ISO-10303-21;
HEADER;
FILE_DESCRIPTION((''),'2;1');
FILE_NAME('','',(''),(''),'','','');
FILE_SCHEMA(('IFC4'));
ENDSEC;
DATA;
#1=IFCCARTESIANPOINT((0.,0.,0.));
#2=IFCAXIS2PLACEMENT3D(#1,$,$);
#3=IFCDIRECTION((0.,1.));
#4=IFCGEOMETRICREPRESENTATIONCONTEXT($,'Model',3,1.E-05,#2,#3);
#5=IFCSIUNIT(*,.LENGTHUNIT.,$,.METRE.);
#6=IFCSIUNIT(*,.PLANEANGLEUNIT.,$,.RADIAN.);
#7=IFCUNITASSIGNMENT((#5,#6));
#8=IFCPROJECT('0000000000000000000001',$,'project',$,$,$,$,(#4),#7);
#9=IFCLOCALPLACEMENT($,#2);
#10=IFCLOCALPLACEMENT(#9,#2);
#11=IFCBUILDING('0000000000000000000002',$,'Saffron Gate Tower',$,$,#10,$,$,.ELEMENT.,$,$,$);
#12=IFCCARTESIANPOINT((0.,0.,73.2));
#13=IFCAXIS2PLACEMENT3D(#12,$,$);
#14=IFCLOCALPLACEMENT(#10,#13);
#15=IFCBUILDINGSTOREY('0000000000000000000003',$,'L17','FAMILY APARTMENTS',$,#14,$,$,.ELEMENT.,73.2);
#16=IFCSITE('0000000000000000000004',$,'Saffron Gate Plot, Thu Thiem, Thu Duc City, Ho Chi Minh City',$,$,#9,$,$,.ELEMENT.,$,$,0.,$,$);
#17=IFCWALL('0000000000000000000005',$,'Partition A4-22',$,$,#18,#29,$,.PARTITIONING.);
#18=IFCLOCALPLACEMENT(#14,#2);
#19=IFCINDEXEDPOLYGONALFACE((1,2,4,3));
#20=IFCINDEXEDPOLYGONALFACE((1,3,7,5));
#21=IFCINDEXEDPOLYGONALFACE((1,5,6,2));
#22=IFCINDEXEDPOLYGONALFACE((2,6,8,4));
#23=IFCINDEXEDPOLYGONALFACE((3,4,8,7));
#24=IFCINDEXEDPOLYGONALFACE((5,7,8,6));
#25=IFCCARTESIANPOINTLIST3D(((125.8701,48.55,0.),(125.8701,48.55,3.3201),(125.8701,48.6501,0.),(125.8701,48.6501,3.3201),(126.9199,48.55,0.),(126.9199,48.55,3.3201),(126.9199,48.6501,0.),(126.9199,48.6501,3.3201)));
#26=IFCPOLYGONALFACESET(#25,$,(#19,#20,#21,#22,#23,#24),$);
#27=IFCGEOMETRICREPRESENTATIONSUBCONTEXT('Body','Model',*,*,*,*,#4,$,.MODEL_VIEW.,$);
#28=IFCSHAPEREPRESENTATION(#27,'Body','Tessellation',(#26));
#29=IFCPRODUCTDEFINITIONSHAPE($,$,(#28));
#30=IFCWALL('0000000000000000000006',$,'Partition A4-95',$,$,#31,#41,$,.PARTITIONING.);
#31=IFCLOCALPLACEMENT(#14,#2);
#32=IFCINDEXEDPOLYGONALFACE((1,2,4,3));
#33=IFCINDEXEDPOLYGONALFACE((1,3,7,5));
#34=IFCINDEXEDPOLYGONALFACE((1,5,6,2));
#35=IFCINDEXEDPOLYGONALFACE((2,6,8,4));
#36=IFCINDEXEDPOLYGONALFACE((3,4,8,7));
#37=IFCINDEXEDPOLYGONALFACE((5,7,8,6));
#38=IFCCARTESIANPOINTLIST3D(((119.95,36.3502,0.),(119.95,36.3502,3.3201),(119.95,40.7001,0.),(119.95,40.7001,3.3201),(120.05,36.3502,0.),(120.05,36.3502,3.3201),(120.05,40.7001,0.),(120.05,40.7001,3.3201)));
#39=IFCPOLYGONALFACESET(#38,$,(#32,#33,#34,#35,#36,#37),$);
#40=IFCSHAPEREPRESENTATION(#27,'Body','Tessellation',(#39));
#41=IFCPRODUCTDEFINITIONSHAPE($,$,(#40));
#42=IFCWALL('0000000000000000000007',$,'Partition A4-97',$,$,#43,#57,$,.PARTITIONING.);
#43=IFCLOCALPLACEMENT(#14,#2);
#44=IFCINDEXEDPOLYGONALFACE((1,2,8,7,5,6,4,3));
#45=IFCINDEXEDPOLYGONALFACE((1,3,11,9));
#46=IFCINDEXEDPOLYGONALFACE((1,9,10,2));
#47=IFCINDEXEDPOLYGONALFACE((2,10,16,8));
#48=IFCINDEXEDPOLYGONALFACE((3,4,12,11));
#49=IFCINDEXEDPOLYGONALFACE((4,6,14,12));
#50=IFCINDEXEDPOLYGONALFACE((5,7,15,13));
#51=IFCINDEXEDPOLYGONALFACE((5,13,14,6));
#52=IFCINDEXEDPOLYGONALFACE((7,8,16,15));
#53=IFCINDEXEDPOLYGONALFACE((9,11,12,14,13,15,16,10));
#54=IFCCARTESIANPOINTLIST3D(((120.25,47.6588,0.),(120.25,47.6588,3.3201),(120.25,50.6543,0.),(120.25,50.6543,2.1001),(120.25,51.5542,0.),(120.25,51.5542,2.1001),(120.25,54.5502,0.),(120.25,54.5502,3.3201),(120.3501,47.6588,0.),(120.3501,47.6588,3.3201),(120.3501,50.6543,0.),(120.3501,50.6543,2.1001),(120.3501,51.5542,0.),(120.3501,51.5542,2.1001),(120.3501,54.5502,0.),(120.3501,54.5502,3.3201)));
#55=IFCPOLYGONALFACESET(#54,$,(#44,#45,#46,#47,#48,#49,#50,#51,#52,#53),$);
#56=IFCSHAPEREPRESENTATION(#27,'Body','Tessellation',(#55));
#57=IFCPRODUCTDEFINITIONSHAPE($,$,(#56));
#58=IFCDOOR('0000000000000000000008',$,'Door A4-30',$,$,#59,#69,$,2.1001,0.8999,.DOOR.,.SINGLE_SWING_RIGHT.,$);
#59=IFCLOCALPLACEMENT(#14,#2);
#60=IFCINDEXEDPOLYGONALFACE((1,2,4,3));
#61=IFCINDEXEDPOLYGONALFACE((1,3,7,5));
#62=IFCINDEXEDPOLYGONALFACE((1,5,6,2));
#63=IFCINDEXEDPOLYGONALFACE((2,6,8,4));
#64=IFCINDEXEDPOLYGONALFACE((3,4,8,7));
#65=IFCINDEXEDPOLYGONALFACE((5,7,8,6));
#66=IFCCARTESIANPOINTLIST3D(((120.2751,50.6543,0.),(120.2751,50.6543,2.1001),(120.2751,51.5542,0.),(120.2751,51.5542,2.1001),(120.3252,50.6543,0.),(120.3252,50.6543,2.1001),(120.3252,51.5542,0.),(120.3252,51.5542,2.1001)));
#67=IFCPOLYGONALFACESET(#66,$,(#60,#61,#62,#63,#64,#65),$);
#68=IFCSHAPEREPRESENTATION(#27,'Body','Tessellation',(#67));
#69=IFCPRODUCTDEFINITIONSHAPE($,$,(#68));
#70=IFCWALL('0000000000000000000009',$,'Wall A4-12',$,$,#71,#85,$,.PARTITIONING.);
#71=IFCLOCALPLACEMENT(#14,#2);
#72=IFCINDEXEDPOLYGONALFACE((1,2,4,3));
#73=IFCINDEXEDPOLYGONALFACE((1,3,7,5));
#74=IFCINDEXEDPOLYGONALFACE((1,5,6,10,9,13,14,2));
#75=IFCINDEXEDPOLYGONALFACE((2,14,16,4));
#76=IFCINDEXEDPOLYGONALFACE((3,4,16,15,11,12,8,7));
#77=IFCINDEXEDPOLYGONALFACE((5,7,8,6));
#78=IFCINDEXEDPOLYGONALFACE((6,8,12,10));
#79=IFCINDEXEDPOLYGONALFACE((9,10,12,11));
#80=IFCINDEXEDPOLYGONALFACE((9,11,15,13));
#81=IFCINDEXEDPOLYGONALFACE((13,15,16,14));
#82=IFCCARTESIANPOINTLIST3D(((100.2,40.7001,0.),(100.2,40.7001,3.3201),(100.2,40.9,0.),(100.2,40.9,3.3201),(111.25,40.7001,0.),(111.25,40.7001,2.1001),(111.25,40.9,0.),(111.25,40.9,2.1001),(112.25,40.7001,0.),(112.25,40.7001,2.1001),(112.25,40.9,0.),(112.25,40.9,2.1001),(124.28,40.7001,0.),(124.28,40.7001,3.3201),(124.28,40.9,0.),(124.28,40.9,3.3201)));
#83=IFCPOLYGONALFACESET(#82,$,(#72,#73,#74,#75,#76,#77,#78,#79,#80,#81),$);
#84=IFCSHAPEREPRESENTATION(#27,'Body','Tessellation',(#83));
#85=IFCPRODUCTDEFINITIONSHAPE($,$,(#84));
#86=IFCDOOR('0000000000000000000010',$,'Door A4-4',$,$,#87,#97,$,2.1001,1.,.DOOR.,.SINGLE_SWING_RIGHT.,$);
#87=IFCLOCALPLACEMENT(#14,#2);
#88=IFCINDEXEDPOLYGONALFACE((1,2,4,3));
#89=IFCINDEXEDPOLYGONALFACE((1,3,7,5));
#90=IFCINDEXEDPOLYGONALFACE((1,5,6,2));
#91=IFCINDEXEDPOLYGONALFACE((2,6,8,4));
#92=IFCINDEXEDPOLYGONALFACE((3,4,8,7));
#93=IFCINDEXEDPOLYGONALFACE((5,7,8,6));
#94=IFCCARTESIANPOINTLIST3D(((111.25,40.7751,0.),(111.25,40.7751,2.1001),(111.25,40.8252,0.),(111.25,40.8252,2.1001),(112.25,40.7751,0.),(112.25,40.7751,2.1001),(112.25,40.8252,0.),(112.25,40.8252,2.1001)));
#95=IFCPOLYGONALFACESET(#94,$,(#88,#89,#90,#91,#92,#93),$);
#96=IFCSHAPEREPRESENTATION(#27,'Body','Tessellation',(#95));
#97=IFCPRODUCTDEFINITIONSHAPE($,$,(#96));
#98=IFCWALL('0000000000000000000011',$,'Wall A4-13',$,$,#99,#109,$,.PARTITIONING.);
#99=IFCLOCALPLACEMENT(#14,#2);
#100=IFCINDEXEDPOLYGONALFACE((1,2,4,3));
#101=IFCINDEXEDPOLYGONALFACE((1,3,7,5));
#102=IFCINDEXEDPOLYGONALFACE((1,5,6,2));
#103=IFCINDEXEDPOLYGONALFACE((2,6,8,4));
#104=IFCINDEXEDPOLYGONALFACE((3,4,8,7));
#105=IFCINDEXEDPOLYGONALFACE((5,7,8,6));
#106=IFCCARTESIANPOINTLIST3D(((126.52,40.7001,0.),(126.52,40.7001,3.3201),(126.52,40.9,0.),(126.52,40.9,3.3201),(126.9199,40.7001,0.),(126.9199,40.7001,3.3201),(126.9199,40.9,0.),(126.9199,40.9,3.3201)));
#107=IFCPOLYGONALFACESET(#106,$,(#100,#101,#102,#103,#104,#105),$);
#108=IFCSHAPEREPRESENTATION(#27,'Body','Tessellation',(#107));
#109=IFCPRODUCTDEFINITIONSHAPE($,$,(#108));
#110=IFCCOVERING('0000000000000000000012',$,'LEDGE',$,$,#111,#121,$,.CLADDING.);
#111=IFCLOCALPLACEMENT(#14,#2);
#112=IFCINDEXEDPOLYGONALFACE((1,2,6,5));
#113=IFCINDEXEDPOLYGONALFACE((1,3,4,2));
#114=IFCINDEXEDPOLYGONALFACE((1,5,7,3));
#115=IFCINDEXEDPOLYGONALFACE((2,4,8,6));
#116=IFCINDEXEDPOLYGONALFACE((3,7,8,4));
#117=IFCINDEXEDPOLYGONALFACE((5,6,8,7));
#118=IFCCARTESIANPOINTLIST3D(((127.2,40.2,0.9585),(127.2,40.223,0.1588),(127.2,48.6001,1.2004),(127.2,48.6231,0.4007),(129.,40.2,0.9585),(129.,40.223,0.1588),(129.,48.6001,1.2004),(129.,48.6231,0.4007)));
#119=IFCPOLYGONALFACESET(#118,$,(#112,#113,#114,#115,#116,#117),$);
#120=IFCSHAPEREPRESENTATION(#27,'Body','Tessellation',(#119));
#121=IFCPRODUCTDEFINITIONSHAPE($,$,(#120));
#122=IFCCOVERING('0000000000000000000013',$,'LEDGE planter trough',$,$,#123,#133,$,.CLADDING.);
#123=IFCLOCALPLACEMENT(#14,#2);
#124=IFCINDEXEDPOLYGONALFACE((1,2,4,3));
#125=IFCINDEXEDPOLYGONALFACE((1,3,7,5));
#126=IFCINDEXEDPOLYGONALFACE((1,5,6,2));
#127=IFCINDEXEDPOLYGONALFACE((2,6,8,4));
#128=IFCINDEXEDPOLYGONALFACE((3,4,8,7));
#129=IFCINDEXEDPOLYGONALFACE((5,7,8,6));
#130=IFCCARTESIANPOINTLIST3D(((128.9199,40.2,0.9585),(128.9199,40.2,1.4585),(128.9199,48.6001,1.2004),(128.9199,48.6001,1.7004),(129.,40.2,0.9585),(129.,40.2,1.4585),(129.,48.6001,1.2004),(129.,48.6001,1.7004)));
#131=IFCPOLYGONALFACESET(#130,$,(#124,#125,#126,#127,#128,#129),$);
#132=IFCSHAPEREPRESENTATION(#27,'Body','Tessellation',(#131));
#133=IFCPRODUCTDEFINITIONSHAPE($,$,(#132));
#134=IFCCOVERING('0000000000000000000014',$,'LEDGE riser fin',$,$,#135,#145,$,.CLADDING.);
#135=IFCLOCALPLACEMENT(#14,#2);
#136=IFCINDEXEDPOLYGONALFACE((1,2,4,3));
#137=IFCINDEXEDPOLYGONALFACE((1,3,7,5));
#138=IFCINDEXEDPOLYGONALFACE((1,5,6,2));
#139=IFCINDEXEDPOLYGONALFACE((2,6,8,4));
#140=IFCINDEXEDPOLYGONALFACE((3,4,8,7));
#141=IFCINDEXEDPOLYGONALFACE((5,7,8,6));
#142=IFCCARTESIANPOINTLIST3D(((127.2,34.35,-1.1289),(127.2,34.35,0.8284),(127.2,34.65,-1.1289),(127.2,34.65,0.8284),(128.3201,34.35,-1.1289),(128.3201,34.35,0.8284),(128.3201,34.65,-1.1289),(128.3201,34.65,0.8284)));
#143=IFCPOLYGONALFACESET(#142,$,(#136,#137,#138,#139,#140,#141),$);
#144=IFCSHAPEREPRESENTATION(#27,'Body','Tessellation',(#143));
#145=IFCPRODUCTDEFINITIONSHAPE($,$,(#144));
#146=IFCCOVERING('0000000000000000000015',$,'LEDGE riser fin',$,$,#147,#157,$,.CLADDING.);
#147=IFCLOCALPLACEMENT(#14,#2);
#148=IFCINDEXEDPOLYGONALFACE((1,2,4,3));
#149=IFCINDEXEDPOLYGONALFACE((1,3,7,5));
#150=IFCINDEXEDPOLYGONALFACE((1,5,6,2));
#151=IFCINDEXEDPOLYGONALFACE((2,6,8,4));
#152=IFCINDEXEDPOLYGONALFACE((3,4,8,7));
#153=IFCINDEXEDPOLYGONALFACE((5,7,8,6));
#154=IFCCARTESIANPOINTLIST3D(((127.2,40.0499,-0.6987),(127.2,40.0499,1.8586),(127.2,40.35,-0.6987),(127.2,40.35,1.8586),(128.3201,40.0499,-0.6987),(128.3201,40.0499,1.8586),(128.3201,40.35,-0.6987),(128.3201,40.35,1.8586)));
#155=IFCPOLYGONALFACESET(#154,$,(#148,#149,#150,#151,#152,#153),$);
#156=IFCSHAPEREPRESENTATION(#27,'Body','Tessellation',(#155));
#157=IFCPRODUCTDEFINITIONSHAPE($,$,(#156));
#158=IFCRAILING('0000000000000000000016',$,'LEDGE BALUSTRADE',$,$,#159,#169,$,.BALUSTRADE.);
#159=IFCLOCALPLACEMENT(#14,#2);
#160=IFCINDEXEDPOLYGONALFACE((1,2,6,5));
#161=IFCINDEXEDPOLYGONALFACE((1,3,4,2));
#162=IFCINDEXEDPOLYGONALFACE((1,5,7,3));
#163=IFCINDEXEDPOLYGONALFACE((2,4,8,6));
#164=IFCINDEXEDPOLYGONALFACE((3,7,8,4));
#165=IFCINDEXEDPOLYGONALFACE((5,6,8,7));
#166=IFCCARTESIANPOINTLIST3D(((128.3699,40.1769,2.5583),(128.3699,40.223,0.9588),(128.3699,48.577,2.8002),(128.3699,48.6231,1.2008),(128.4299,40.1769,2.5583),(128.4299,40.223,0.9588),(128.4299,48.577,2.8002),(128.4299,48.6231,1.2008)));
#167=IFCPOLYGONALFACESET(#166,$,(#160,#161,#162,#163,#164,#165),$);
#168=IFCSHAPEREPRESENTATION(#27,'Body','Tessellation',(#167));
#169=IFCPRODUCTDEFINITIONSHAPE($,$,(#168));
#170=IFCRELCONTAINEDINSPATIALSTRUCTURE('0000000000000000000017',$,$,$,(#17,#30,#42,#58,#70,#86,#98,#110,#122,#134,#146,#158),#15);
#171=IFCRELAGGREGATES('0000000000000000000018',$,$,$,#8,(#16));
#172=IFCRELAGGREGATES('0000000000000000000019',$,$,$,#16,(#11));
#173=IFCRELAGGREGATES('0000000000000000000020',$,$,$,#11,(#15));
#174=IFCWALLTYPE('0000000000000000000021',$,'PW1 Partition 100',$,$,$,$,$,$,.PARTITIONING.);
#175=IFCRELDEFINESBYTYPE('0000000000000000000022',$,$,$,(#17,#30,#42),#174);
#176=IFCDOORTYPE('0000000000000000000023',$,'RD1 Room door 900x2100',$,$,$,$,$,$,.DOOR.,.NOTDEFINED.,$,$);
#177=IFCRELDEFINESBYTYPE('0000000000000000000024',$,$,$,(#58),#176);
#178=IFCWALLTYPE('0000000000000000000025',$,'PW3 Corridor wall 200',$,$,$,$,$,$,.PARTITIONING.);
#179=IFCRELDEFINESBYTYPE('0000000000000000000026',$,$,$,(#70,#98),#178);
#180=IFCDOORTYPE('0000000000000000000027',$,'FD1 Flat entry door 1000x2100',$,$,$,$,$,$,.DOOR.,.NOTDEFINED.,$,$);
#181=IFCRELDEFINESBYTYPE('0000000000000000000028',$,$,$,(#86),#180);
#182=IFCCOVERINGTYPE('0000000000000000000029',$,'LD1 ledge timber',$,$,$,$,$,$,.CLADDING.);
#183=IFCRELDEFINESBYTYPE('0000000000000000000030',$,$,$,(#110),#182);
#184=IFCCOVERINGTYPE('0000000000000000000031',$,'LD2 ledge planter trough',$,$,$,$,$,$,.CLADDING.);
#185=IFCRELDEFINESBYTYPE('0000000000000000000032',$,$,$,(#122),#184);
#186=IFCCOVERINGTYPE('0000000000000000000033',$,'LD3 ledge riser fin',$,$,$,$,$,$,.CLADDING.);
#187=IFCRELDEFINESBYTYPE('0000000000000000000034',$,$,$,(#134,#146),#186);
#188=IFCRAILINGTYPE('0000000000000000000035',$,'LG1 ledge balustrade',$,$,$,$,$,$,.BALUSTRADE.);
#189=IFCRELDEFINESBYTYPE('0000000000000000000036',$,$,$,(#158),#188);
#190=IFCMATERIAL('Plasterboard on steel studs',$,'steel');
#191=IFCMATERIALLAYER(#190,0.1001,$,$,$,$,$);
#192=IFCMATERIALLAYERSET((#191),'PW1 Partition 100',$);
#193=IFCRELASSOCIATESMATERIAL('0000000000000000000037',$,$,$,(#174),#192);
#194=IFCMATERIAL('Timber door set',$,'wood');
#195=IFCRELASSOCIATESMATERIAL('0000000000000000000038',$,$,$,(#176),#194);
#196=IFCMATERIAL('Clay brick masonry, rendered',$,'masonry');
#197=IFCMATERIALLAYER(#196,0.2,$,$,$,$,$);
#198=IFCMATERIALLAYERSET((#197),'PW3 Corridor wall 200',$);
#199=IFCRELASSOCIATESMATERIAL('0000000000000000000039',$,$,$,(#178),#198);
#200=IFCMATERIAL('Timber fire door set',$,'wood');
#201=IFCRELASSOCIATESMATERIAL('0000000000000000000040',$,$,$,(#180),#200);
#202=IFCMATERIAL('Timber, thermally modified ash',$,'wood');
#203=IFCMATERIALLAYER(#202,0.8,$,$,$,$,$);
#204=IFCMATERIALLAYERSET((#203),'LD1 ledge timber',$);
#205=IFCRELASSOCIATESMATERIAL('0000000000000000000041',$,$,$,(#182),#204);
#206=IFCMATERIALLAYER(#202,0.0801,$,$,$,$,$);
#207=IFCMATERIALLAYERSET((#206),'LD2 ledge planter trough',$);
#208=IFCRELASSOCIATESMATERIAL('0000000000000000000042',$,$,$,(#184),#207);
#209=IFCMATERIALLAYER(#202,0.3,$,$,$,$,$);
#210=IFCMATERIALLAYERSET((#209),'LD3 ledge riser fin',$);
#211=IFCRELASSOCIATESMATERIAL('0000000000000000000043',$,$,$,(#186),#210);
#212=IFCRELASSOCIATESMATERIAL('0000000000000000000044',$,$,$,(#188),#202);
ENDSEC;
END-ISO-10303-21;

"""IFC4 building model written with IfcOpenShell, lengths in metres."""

from ifc_helpers import new_model, si_unit, direction, frame, frame_2d, origin, origin_2d, place, context, subcontext, project, spatial, polyline, rectangle, outline, extrude, material, layer, layer_set, type_object, element, fill, save


model = new_model("IFC4")

# Units and contexts
model_context = context("Model", 3, precision=1e-05, world=origin(), true_north=direction((0.0, 1.0)))
body_context = subcontext(model_context, "Body", "Model", "MODEL_VIEW")
ifc_project = project(units=[si_unit("LENGTHUNIT", "METRE"), si_unit("PLANEANGLEUNIT", "RADIAN")], contexts=[model_context])

# Site, building, storey
site_placement = place(None, origin())
site = spatial("IfcSite", under=ifc_project, at=site_placement, Name="Saffron Gate Plot, Thu Thiem, Thu Duc City, Ho Chi Minh City", CompositionType="ELEMENT", RefElevation=0.0)
building_placement = place(site_placement, origin())
building = spatial("IfcBuilding", under=site, at=building_placement, Name="Saffron Gate Tower", CompositionType="ELEMENT")
storey_placement = place(building_placement, frame((0.0, 0.0, 73.2)))
storey = spatial("IfcBuildingStorey", under=building, at=storey_placement, Name="L17", Description="FAMILY APARTMENTS", CompositionType="ELEMENT", Elevation=73.2)

# Shared definitions
ifc_material_1 = material(Name="Plasterboard on steel studs", Category="steel")
ifc_layer_1 = layer(ifc_material_1, 0.1001)
ifc_layer_set_1 = layer_set([ifc_layer_1], Name="PW1 Partition 100")
wall_type_1 = type_object("IfcWallType", Name="PW1 Partition 100", PredefinedType="PARTITIONING", material=ifc_layer_set_1)
ifc_material_2 = material(Name="Timber door set", Category="wood")
door_type_1 = type_object("IfcDoorType", Name="RD1 Room door 900x2100", OperationType="NOTDEFINED", PredefinedType="DOOR", material=ifc_material_2)

# Walls
wall_1_placement = place(storey_placement, frame((125.8701, 48.6001, 0.0), z_axis=(0.0, 0.0, 1.0), x_axis=(1.0, 0.0, 0.0)))
element("IfcWall", 1, at=wall_1_placement, inside=storey, type_object=wall_type_1, Name="Partition A4-22", PredefinedType="PARTITIONING", context=body_context, shape_type="SweptSolid", body=[
    extrude(rectangle(XDim=1.0498, YDim=0.1001, at=frame_2d((0.5249, 0.0))), origin(), (0.0, 0.0, 1.0), 3.3201),
])
wall_2_placement = place(storey_placement, frame((120.0, 40.7, 0.0), z_axis=(0.0, 0.0, 1.0), x_axis=(0.0, -1.0, 0.0)))
element("IfcWall", 2, at=wall_2_placement, inside=storey, type_object=wall_type_1, Name="Partition A4-95", PredefinedType="PARTITIONING", context=body_context, shape_type="SweptSolid", body=[
    extrude(rectangle(XDim=4.3499, YDim=0.1001, at=frame_2d((2.1748, 0.0))), origin(), (0.0, 0.0, 1.0), 3.3201),
])

# Walls, openings, doors
wall_3_placement = place(storey_placement, frame((120.3, 47.6587, 0.0), z_axis=(0.0, 0.0, 1.0), x_axis=(0.0, 1.0, 0.0)))
wall_3 = element("IfcWall", 3, at=wall_3_placement, inside=storey, type_object=wall_type_1, Name="Partition A4-97", PredefinedType="PARTITIONING", context=body_context, shape_type="SweptSolid", body=[
    extrude(rectangle(XDim=6.8914, YDim=0.1001, at=frame_2d((3.4458, 0.0))), origin(), (0.0, 0.0, 1.0), 3.3201),
])
opening_1_placement = place(wall_3_placement, frame((2.9956, 0.0, 0.0)))
opening_1 = element("IfcOpeningElement", 4, at=opening_1_placement, cuts=wall_3, PredefinedType="OPENING", context=body_context, shape_type="SweptSolid", body=[
    extrude(rectangle(XDim=0.8999, YDim=2.1001, at=frame_2d((0.45, 1.05))), frame((0.0, 0.0601, 0.0), z_axis=(0.0, -1.0, 0.0), x_axis=(1.0, 0.0, 0.0)), (0.0, 0.0, 1.0), 0.1201),
])
door_1_placement = place(opening_1_placement, origin())
door_1 = element("IfcDoor", 5, at=door_1_placement, inside=storey, type_object=door_type_1, Name="Door A4-30", OperationType="SINGLE_SWING_RIGHT", OverallHeight=2.1001, OverallWidth=0.8999, PredefinedType="DOOR", context=body_context, shape_type="SweptSolid", body=[
    extrude(rectangle(XDim=0.8999, YDim=2.1001, at=frame_2d((0.45, 1.05))), frame((0.0, 0.0249, 0.0), z_axis=(0.0, -1.0, 0.0), x_axis=(1.0, 0.0, 0.0)), (0.0, 0.0, 1.0), 0.05),
])
fill(opening_1, door_1)
ifc_material_3 = material(Name="Clay brick masonry, rendered", Category="masonry")
ifc_layer_2 = layer(ifc_material_3, 0.2)
ifc_layer_set_2 = layer_set([ifc_layer_2], Name="PW3 Corridor wall 200")
wall_type_2 = type_object("IfcWallType", Name="PW3 Corridor wall 200", PredefinedType="PARTITIONING", material=ifc_layer_set_2)
wall_4_placement = place(storey_placement, frame((124.28, 40.8, 0.0), z_axis=(0.0, 0.0, 1.0), x_axis=(-1.0, 0.0, 0.0)))
wall_4 = element("IfcWall", 6, at=wall_4_placement, inside=storey, type_object=wall_type_2, Name="Wall A4-12", PredefinedType="PARTITIONING", context=body_context, shape_type="SweptSolid", body=[
    extrude(rectangle(XDim=24.0801, YDim=0.2, at=frame_2d((12.04, 0.0))), origin(), (0.0, 0.0, 1.0), 3.3201),
])
opening_2_placement = place(wall_4_placement, frame((12.03, 0.0, 0.0)))
opening_2 = element("IfcOpeningElement", 7, at=opening_2_placement, cuts=wall_4, PredefinedType="OPENING", context=body_context, shape_type="SweptSolid", body=[
    extrude(rectangle(XDim=1.0, YDim=2.1001, at=frame_2d((0.5, 1.05))), frame((0.0, 0.1099, 0.0), z_axis=(0.0, -1.0, 0.0), x_axis=(1.0, 0.0, 0.0)), (0.0, 0.0, 1.0), 0.22),
])
ifc_material_4 = material(Name="Timber fire door set", Category="wood")
door_type_2 = type_object("IfcDoorType", Name="FD1 Flat entry door 1000x2100", OperationType="NOTDEFINED", PredefinedType="DOOR", material=ifc_material_4)
door_2_placement = place(opening_2_placement, origin())
door_2 = element("IfcDoor", 8, at=door_2_placement, inside=storey, type_object=door_type_2, Name="Door A4-4", OperationType="SINGLE_SWING_RIGHT", OverallHeight=2.1001, OverallWidth=1.0, PredefinedType="DOOR", context=body_context, shape_type="SweptSolid", body=[
    extrude(rectangle(XDim=1.0, YDim=2.1001, at=frame_2d((0.5, 1.05))), frame((0.0, 0.0249, 0.0), z_axis=(0.0, -1.0, 0.0), x_axis=(1.0, 0.0, 0.0)), (0.0, 0.0, 1.0), 0.05),
])
fill(opening_2, door_2)

# Wall
wall_5_placement = place(storey_placement, frame((126.52, 40.8, 0.0), z_axis=(0.0, 0.0, 1.0), x_axis=(1.0, 0.0, 0.0)))
element("IfcWall", 9, at=wall_5_placement, inside=storey, type_object=wall_type_2, Name="Wall A4-13", PredefinedType="PARTITIONING", context=body_context, shape_type="SweptSolid", body=[
    extrude(rectangle(XDim=0.3999, YDim=0.2, at=frame_2d((0.2, 0.0))), origin(), (0.0, 0.0, 1.0), 3.3201),
])

# Coverings
ifc_material_5 = material(Name="Timber, thermally modified ash", Category="wood")
ifc_layer_3 = layer(ifc_material_5, 0.8)
ifc_layer_set_3 = layer_set([ifc_layer_3], Name="LD1 ledge timber")
covering_type_1 = type_object("IfcCoveringType", Name="LD1 ledge timber", PredefinedType="CLADDING", material=ifc_layer_set_3)
covering_1_placement = place(storey_placement, frame((127.2, 40.2, 0.9585), z_axis=(0.0, -0.02879, 0.999585), x_axis=(0.0, 0.999585, 0.02879)))
element("IfcCovering", 10, at=covering_1_placement, inside=storey, type_object=covering_type_1, Name="LEDGE", PredefinedType="CLADDING", context=body_context, shape_type="SweptSolid", body=[
    extrude(outline(polyline([(0.0, 0.0), (8.4036, 0.0), (8.4036, -1.8), (0.0, -1.8), (0.0, 0.0)])), origin(), (0.0, 0.0, -1.0), 0.8),
])
ifc_layer_4 = layer(ifc_material_5, 0.0801)
ifc_layer_set_4 = layer_set([ifc_layer_4], Name="LD2 ledge planter trough")
covering_type_2 = type_object("IfcCoveringType", Name="LD2 ledge planter trough", PredefinedType="CLADDING", material=ifc_layer_set_4)
covering_2_placement = place(storey_placement, frame((129.0, 40.2, 0.9585), z_axis=(1.0, 0.0, 0.0), x_axis=(0.0, 0.999585, 0.02879)))
element("IfcCovering", 11, at=covering_2_placement, inside=storey, type_object=covering_type_2, Name="LEDGE planter trough", PredefinedType="CLADDING", context=body_context, shape_type="SweptSolid", body=[
    extrude(outline(polyline([(0.0, 0.0), (8.4036, 0.0), (8.418, 0.4998), (0.0144, 0.4998), (0.0, 0.0)])), origin(), (0.0, 0.0, -1.0), 0.0801),
])
ifc_layer_5 = layer(ifc_material_5, 0.3)
ifc_layer_set_5 = layer_set([ifc_layer_5], Name="LD3 ledge riser fin")
covering_type_3 = type_object("IfcCoveringType", Name="LD3 ledge riser fin", PredefinedType="CLADDING", material=ifc_layer_set_5)
covering_3_placement = place(storey_placement, frame((127.76, 34.5, -1.1289), z_axis=(0.0, 0.0, 1.0), x_axis=(0.0, 1.0, 0.0)))
element("IfcCovering", 12, at=covering_3_placement, inside=storey, type_object=covering_type_3, Name="LEDGE riser fin", PredefinedType="CLADDING", context=body_context, shape_type="SweptSolid", body=[
    extrude(rectangle(XDim=0.3, YDim=1.1201, at=origin_2d()), origin(), (0.0, 0.0, 1.0), 1.9573),
])
covering_4_placement = place(storey_placement, frame((127.76, 40.2, -0.6987), z_axis=(0.0, 0.0, 1.0), x_axis=(0.0, 1.0, 0.0)))
element("IfcCovering", 13, at=covering_4_placement, inside=storey, type_object=covering_type_3, Name="LEDGE riser fin", PredefinedType="CLADDING", context=body_context, shape_type="SweptSolid", body=[
    extrude(rectangle(XDim=0.3, YDim=1.1201, at=origin_2d()), origin(), (0.0, 0.0, 1.0), 2.5574),
])

# Railing
railing_type = type_object("IfcRailingType", Name="LG1 ledge balustrade", PredefinedType="BALUSTRADE", material=ifc_material_5)
railing_1_placement = place(storey_placement, frame((128.3999, 40.2, 0.9585)))
element("IfcRailing", 14, at=railing_1_placement, inside=storey, type_object=railing_type, Name="LEDGE BALUSTRADE", PredefinedType="BALUSTRADE", context=body_context, shape_type="SweptSolid", body=[
    extrude(rectangle(XDim=0.0601, YDim=1.6001, at=origin_2d()), frame((0.0, 0.0, 0.8), z_axis=(0.0, 0.999585, 0.02879), x_axis=(-1.0, 0.0, 0.0)), (0.0, 0.0, 1.0), 8.4036),
])

save(model, "model.ifc")
